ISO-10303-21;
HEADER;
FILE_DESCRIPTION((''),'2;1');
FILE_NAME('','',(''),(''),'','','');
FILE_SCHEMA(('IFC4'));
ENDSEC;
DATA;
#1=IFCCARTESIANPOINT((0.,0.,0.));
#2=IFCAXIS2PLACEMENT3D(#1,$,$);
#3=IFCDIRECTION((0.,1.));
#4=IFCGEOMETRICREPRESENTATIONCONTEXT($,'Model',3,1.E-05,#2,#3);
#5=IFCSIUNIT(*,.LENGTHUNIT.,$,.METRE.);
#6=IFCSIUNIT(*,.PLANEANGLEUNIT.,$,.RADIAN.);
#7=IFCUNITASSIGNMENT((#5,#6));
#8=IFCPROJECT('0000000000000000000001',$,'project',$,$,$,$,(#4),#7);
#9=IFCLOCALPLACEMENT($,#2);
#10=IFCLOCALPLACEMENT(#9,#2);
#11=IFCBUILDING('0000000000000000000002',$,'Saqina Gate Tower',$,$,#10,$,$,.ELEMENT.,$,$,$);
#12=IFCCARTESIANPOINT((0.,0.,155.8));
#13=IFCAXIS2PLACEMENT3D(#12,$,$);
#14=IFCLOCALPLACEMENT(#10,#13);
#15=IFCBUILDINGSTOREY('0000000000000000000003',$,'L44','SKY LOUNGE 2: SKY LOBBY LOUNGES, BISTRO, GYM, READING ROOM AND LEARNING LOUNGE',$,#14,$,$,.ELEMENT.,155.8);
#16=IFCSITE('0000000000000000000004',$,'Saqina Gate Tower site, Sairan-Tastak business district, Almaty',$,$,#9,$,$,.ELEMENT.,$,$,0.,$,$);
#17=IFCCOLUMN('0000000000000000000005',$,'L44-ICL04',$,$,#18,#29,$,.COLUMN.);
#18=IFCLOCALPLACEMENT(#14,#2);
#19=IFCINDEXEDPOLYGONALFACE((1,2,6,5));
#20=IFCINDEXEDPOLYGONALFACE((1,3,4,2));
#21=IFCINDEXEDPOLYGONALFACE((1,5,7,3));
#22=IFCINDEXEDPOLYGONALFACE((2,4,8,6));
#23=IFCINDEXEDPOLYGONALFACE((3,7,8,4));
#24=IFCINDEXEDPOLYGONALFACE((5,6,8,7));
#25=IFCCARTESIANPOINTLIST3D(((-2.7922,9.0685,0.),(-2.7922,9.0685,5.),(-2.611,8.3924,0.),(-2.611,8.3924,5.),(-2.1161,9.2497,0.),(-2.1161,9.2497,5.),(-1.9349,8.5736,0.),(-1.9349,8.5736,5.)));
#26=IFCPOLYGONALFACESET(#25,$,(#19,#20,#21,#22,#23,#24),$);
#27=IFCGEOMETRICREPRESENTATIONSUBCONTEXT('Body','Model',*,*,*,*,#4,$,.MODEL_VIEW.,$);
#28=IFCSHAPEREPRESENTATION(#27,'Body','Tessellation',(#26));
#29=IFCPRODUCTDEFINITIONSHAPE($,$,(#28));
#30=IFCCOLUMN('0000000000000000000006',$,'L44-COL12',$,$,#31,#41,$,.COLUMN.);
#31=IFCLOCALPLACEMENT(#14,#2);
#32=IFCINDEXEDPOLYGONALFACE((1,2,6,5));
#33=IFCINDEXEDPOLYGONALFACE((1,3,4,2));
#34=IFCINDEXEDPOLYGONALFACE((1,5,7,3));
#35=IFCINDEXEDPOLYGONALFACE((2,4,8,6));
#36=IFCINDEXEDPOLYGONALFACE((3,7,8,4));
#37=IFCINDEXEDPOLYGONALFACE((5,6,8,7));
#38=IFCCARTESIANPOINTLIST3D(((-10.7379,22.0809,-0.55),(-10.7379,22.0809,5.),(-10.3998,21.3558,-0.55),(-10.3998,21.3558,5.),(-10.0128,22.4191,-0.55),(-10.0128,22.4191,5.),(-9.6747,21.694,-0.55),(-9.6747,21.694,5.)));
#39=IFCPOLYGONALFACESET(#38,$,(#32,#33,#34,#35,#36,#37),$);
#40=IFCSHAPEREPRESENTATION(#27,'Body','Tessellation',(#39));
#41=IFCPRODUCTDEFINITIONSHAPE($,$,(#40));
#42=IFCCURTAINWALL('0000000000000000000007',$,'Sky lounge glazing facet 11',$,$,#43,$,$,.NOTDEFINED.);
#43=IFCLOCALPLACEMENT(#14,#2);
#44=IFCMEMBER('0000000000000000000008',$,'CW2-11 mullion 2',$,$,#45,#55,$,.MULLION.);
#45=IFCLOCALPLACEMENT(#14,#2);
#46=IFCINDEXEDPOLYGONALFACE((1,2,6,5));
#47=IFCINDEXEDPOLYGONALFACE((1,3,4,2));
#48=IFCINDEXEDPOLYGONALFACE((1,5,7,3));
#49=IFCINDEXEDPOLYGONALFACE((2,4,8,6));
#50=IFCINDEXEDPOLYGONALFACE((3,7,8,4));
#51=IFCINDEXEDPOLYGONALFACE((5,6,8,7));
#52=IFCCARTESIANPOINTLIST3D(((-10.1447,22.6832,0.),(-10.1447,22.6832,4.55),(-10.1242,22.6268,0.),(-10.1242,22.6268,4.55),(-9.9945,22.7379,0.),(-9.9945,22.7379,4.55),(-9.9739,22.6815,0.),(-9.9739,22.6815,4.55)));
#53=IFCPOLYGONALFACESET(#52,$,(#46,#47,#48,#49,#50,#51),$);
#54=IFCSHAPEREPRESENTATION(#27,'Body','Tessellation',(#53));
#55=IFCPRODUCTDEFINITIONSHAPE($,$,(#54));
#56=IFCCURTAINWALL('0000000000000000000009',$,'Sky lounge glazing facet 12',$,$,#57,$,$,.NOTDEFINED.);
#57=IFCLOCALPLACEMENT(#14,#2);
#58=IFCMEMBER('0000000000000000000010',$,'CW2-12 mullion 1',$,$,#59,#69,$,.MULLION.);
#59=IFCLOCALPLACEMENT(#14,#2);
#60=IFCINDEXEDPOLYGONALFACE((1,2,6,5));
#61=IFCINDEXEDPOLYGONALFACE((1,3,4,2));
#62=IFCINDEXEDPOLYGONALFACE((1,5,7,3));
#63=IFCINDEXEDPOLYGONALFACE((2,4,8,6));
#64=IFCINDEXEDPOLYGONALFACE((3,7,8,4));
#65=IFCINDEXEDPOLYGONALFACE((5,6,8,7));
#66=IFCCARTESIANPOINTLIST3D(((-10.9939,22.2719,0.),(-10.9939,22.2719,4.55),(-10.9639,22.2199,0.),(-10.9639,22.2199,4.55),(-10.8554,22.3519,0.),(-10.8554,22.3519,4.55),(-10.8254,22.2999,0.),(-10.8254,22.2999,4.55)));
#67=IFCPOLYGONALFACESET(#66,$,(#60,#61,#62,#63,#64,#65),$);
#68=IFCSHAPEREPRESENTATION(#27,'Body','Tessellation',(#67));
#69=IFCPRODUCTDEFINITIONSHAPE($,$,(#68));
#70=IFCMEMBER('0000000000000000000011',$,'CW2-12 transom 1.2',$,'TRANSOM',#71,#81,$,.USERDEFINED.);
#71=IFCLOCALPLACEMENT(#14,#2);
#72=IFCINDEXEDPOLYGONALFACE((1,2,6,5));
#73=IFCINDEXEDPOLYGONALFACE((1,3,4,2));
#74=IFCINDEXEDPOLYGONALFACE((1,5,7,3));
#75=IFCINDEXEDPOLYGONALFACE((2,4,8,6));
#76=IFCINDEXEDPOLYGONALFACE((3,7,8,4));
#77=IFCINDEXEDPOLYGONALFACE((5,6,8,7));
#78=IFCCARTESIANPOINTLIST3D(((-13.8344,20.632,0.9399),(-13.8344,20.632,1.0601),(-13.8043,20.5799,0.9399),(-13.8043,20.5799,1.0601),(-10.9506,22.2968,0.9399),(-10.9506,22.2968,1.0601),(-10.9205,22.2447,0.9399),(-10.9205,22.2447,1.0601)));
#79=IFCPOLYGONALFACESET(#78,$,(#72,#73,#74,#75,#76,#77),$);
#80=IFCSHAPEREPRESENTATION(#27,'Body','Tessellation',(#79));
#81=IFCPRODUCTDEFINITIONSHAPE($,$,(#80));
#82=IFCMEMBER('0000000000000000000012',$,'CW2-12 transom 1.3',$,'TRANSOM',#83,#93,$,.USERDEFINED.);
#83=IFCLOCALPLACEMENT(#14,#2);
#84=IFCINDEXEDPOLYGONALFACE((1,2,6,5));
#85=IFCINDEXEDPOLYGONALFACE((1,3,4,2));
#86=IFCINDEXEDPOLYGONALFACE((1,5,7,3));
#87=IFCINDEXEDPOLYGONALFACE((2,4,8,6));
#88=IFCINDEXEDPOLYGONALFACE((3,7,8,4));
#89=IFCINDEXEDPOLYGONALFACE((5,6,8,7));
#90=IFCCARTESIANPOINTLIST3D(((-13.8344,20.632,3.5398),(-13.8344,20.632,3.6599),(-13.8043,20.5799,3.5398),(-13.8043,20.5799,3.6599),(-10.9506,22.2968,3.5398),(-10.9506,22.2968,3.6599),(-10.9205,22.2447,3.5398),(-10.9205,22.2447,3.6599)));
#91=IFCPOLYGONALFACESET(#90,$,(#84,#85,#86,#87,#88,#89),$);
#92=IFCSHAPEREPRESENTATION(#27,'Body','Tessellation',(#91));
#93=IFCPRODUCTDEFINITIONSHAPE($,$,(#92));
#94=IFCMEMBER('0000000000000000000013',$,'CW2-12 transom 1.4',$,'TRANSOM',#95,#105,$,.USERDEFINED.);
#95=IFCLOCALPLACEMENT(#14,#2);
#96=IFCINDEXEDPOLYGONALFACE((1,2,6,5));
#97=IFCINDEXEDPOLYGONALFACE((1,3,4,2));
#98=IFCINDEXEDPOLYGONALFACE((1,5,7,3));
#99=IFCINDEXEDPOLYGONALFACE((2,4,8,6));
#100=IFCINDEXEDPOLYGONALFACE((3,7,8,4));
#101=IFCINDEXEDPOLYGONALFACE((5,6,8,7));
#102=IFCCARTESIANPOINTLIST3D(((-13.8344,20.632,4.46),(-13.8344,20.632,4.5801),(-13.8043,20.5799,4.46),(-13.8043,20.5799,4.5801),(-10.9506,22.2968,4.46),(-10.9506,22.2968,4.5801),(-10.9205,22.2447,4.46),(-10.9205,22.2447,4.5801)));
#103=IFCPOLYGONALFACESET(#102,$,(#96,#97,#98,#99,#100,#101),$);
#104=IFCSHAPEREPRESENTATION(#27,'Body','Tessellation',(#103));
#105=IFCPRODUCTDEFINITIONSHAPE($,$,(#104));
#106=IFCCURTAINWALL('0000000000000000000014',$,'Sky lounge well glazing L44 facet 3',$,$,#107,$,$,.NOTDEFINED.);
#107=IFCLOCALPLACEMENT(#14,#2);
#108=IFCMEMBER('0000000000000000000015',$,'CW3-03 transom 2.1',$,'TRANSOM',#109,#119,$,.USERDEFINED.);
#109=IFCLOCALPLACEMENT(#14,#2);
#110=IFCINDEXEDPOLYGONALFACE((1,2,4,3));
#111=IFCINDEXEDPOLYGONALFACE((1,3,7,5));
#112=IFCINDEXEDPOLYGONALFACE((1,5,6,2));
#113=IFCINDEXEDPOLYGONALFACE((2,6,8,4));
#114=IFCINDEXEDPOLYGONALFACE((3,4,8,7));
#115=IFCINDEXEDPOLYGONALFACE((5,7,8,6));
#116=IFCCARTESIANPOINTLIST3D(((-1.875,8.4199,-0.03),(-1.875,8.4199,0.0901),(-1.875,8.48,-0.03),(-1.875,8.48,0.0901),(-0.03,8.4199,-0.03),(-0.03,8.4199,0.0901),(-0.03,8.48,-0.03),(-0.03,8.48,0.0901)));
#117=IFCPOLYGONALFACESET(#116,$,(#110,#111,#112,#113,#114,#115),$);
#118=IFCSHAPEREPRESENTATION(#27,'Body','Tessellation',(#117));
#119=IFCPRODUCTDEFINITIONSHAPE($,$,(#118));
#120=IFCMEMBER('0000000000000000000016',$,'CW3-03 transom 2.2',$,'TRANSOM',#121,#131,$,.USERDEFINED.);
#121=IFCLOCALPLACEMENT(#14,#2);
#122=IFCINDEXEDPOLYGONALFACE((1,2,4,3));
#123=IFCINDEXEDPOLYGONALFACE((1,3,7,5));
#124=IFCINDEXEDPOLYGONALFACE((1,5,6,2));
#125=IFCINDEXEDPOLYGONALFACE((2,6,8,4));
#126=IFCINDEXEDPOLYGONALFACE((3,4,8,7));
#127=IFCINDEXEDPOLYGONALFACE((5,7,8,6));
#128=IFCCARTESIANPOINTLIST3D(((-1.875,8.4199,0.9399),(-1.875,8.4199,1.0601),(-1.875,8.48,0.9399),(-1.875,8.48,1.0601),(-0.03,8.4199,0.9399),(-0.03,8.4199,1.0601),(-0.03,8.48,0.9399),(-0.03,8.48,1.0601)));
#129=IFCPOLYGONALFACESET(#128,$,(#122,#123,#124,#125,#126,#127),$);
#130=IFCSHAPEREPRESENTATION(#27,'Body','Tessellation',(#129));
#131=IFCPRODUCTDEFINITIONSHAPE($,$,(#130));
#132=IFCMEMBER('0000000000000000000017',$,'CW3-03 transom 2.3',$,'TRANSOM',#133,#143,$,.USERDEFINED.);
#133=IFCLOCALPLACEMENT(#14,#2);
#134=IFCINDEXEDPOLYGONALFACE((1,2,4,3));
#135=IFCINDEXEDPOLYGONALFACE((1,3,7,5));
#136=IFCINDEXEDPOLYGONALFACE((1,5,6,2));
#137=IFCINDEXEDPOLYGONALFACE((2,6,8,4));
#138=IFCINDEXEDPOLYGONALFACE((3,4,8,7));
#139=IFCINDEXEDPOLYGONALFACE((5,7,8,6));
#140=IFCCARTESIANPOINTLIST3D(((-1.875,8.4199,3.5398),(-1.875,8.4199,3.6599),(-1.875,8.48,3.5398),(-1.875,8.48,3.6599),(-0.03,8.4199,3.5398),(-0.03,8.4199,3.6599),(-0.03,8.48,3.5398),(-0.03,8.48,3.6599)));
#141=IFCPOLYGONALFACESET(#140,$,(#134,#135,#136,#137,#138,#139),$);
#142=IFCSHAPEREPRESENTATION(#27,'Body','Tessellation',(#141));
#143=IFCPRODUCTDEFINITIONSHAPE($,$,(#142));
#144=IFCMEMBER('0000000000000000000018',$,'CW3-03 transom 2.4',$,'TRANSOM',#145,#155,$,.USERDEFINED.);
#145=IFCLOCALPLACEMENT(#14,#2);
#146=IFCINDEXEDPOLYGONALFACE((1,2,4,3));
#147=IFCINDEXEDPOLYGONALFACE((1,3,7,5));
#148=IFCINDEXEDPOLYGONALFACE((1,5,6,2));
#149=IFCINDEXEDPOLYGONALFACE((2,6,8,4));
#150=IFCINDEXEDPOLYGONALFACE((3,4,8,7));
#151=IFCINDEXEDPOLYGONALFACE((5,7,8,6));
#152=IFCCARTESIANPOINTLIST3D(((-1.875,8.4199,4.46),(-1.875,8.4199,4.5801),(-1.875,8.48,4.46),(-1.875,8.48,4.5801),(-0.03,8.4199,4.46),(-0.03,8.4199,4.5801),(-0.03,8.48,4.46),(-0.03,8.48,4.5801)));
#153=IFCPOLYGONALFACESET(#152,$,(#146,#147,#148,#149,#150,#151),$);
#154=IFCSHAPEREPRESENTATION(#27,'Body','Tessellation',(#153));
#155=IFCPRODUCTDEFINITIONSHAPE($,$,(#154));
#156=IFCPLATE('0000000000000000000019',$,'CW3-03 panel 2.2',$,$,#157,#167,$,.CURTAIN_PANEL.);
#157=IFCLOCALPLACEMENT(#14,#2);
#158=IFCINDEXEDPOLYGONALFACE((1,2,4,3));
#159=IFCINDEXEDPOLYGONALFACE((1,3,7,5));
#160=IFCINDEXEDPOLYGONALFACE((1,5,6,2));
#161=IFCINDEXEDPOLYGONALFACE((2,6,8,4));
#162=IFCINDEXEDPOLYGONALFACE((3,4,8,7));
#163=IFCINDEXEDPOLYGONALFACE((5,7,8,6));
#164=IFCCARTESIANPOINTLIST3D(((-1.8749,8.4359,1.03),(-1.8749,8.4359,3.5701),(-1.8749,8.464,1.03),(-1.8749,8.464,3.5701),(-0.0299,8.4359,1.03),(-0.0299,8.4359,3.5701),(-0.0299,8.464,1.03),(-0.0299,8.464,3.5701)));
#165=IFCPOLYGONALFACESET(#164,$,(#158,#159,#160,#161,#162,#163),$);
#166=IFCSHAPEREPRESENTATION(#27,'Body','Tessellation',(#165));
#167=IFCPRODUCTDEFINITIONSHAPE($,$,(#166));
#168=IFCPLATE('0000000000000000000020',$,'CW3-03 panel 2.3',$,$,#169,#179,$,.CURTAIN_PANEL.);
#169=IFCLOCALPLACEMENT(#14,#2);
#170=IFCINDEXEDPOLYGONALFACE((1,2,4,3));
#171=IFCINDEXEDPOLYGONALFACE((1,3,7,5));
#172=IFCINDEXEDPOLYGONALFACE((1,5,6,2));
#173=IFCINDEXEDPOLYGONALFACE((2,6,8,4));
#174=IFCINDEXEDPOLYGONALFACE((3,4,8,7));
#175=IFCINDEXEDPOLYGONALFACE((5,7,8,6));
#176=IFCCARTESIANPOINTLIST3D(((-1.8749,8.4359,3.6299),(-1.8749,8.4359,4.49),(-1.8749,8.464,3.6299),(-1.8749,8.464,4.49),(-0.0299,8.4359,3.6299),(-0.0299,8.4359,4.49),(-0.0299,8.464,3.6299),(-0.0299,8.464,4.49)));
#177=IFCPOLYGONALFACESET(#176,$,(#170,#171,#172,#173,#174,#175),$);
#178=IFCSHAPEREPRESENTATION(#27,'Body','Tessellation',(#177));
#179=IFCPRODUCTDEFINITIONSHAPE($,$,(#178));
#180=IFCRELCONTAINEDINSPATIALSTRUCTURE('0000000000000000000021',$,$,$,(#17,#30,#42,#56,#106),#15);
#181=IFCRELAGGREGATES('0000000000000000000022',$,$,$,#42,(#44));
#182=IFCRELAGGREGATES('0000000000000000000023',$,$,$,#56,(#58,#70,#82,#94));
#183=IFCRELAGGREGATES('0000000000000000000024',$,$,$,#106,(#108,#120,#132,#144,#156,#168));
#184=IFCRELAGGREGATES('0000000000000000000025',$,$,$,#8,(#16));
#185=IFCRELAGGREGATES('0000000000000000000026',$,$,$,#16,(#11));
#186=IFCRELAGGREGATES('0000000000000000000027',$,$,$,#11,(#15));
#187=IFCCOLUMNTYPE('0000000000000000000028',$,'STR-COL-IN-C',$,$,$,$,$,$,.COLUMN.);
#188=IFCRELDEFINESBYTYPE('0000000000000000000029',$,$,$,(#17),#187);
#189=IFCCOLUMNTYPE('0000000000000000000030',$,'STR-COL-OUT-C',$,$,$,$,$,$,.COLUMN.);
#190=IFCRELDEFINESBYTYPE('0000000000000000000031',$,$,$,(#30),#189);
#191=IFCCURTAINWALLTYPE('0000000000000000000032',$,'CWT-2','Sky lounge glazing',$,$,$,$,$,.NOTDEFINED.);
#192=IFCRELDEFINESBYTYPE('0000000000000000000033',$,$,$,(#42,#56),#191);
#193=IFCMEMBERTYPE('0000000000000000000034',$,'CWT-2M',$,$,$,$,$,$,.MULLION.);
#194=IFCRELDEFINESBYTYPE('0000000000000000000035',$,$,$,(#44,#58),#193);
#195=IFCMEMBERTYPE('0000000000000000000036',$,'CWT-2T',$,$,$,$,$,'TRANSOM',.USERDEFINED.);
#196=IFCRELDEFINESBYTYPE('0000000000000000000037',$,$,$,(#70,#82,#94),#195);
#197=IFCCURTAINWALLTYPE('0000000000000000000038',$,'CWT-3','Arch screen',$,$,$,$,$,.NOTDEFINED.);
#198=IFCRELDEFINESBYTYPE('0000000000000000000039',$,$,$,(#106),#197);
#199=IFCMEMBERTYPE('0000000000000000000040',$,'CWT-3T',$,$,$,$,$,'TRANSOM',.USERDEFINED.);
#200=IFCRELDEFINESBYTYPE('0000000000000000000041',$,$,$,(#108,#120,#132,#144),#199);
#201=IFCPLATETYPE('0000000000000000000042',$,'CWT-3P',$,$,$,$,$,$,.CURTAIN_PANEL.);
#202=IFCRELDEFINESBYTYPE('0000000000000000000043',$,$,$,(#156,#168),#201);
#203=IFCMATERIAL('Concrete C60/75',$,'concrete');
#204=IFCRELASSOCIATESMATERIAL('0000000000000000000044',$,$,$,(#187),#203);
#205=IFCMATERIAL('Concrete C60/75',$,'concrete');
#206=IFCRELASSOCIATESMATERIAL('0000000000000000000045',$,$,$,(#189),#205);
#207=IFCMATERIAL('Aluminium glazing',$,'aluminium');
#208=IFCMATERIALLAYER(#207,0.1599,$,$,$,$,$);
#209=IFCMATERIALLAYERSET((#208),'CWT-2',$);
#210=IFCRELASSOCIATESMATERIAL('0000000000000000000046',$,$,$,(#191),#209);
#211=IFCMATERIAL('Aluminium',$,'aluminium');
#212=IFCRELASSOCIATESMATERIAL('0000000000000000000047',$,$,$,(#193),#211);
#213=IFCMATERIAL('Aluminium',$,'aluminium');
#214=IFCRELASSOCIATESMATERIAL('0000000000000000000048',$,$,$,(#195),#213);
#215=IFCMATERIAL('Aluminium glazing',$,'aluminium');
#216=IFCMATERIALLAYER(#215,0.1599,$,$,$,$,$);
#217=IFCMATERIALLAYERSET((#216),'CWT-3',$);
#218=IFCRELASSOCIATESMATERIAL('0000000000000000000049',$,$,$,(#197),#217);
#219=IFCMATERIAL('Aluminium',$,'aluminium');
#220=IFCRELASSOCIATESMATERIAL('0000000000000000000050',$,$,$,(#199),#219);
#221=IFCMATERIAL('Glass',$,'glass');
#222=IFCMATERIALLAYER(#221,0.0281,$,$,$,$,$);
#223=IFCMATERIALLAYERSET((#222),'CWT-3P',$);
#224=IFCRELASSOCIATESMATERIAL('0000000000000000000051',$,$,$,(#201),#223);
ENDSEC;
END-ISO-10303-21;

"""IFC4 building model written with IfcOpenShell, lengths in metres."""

from ifc_helpers import new_model, si_unit, direction, frame, origin, origin_2d, place, context, subcontext, project, spatial, rectangle, extrude, material, layer, layer_set, material_profile, profile_set, type_object, element, aggregate, save


model = new_model("IFC4")

# Units and contexts
model_context = context("Model", 3, precision=1e-05, world=origin(), true_north=direction((0.0, 1.0)))
body_context = subcontext(model_context, "Body", "Model", "MODEL_VIEW")
ifc_project = project(units=[si_unit("LENGTHUNIT", "METRE"), si_unit("PLANEANGLEUNIT", "RADIAN")], contexts=[model_context])

# Site, building, storey
site_placement = place(None, origin())
site = spatial("IfcSite", under=ifc_project, at=site_placement, Name="Saqina Gate Tower site, Sairan-Tastak business district, Almaty", CompositionType="ELEMENT", RefElevation=0.0)
building_placement = place(site_placement, origin())
building = spatial("IfcBuilding", under=site, at=building_placement, Name="Saqina Gate Tower", CompositionType="ELEMENT")
storey_placement = place(building_placement, frame((0.0, 0.0, 155.8)))
storey = spatial("IfcBuildingStorey", under=building, at=storey_placement, Name="L44", Description="SKY LOUNGE 2: SKY LOBBY LOUNGES, BISTRO, GYM, READING ROOM AND LEARNING LOUNGE", CompositionType="ELEMENT", Elevation=155.8)

# Columns
ifc_material_1 = material(Name="Concrete C60/75", Category="concrete")
ifc_material_profile_1 = material_profile(ifc_material_1, rectangle(XDim=0.7, YDim=0.7, at=origin_2d()), Name="RC 700x700")
ifc_profile_set_1 = profile_set([ifc_material_profile_1], Name="Concrete C60/75")
column_type_1 = type_object("IfcColumnType", Name="STR-COL-IN-C", PredefinedType="COLUMN", material=ifc_profile_set_1)
column_1_placement = place(storey_placement, frame((-2.3635, 8.821, 0.0), z_axis=(0.0, 0.0, 1.0), x_axis=(-0.258819, 0.965926, 0.0)))
element("IfcColumn", 1, at=column_1_placement, inside=storey, type_object=column_type_1, Name="L44-ICL04", PredefinedType="COLUMN", context=body_context, shape_type="SweptSolid", body=[
    extrude(rectangle(XDim=0.7, YDim=0.7, at=origin_2d()), origin(), (0.0, 0.0, 1.0), 5.0),
])
ifc_material_2 = material(Name="Concrete C60/75", Category="concrete")
ifc_material_profile_2 = material_profile(ifc_material_2, rectangle(XDim=0.8, YDim=0.8, at=origin_2d()), Name="RC 800x800")
ifc_profile_set_2 = profile_set([ifc_material_profile_2], Name="Concrete C60/75")
column_type_2 = type_object("IfcColumnType", Name="STR-COL-OUT-C", PredefinedType="COLUMN", material=ifc_profile_set_2)
column_2_placement = place(storey_placement, frame((-10.2063, 21.8875, -0.55), z_axis=(0.0, 0.0, 1.0), x_axis=(-0.422618, 0.906308, 0.0)))
element("IfcColumn", 2, at=column_2_placement, inside=storey, type_object=column_type_2, Name="L44-COL12", PredefinedType="COLUMN", context=body_context, shape_type="SweptSolid", body=[
    extrude(rectangle(XDim=0.8, YDim=0.8, at=origin_2d()), origin(), (0.0, 0.0, 1.0), 5.55),
])

# Curtain wall, member
ifc_material_3 = material(Name="Aluminium glazing", Category="aluminium")
ifc_layer_1 = layer(ifc_material_3, 0.1599)
ifc_layer_set_1 = layer_set([ifc_layer_1], Name="CWT-2")
curtain_wall_type_1 = type_object("IfcCurtainWallType", Name="CWT-2", Description="Sky lounge glazing", PredefinedType="NOTDEFINED", material=ifc_layer_set_1)
curtain_wall_1_placement = place(storey_placement, origin())
curtain_wall_1 = element("IfcCurtainWall", 3, at=curtain_wall_1_placement, inside=storey, type_object=curtain_wall_type_1, Name="Sky lounge glazing facet 11", PredefinedType="NOTDEFINED")
ifc_material_4 = material(Name="Aluminium", Category="aluminium")
ifc_material_profile_3 = material_profile(ifc_material_4, rectangle(XDim=0.0601, YDim=0.1599, at=origin_2d()), Name="Aluminium 60x160")
ifc_profile_set_3 = profile_set([ifc_material_profile_3], Name="Aluminium")
member_type_1 = type_object("IfcMemberType", Name="CWT-2M", PredefinedType="MULLION", material=ifc_profile_set_3)
member_1_placement = place(storey_placement, frame((-10.0593, 22.6824, 0.0), z_axis=(0.0, 0.0, 1.0), x_axis=(0.342025, -0.939691, 0.0)))
member_1 = element("IfcMember", 4, at=member_1_placement, type_object=member_type_1, Name="CW2-11 mullion 2", PredefinedType="MULLION", context=body_context, shape_type="SweptSolid", body=[
    extrude(rectangle(XDim=0.0601, YDim=0.1599, at=origin_2d()), origin(), (0.0, 0.0, 1.0), 4.55),
])
aggregate(curtain_wall_1, [member_1])

# Curtain wall, members
curtain_wall_2_placement = place(storey_placement, origin())
curtain_wall_2 = element("IfcCurtainWall", 5, at=curtain_wall_2_placement, inside=storey, type_object=curtain_wall_type_1, Name="Sky lounge glazing facet 12", PredefinedType="NOTDEFINED")
member_2_placement = place(storey_placement, frame((-10.9097, 22.2859, 0.0), z_axis=(0.0, 0.0, 1.0), x_axis=(0.500014, -0.866017, 0.0)))
member_2 = element("IfcMember", 6, at=member_2_placement, type_object=member_type_1, Name="CW2-12 mullion 1", PredefinedType="MULLION", context=body_context, shape_type="SweptSolid", body=[
    extrude(rectangle(XDim=0.0601, YDim=0.1599, at=origin_2d()), origin(), (0.0, 0.0, 1.0), 4.55),
])
ifc_material_5 = material(Name="Aluminium", Category="aluminium")
ifc_material_profile_4 = material_profile(ifc_material_5, rectangle(XDim=0.0601, YDim=0.1201, at=origin_2d()), Name="Aluminium 60x120")
ifc_profile_set_4 = profile_set([ifc_material_profile_4], Name="Aluminium")
member_type_2 = type_object("IfcMemberType", Name="CWT-2T", ElementType="TRANSOM", PredefinedType="USERDEFINED", material=ifc_profile_set_4)
member_3_placement = place(storey_placement, frame((-10.9355, 22.2708, 1.0), z_axis=(-0.866046, -0.499964, 0.0), x_axis=(0.499964, -0.866046, 0.0)))
member_3 = element("IfcMember", 7, at=member_3_placement, type_object=member_type_2, Name="CW2-12 transom 1.2", ObjectType="TRANSOM", PredefinedType="USERDEFINED", context=body_context, shape_type="SweptSolid", body=[
    extrude(rectangle(XDim=0.0601, YDim=0.1201, at=origin_2d()), origin(), (0.0, 0.0, 1.0), 3.3298),
])
member_4_placement = place(storey_placement, frame((-10.9355, 22.2708, 3.5999), z_axis=(-0.866046, -0.499964, 0.0), x_axis=(0.499964, -0.866046, 0.0)))
member_4 = element("IfcMember", 8, at=member_4_placement, type_object=member_type_2, Name="CW2-12 transom 1.3", ObjectType="TRANSOM", PredefinedType="USERDEFINED", context=body_context, shape_type="SweptSolid", body=[
    extrude(rectangle(XDim=0.0601, YDim=0.1201, at=origin_2d()), origin(), (0.0, 0.0, 1.0), 3.3298),
])
member_5_placement = place(storey_placement, frame((-10.9355, 22.2708, 4.52), z_axis=(-0.866046, -0.499964, 0.0), x_axis=(0.499964, -0.866046, 0.0)))
member_5 = element("IfcMember", 9, at=member_5_placement, type_object=member_type_2, Name="CW2-12 transom 1.4", ObjectType="TRANSOM", PredefinedType="USERDEFINED", context=body_context, shape_type="SweptSolid", body=[
    extrude(rectangle(XDim=0.0601, YDim=0.1201, at=origin_2d()), origin(), (0.0, 0.0, 1.0), 3.3298),
])
aggregate(curtain_wall_2, [member_2, member_3, member_4, member_5])

# Curtain wall, members, plates
ifc_material_6 = material(Name="Aluminium glazing", Category="aluminium")
ifc_layer_2 = layer(ifc_material_6, 0.1599)
ifc_layer_set_2 = layer_set([ifc_layer_2], Name="CWT-3")
curtain_wall_type_2 = type_object("IfcCurtainWallType", Name="CWT-3", Description="Arch screen", PredefinedType="NOTDEFINED", material=ifc_layer_set_2)
curtain_wall_3_placement = place(storey_placement, origin())
curtain_wall_3 = element("IfcCurtainWall", 10, at=curtain_wall_3_placement, inside=storey, type_object=curtain_wall_type_2, Name="Sky lounge well glazing L44 facet 3", PredefinedType="NOTDEFINED")
ifc_material_7 = material(Name="Aluminium", Category="aluminium")
ifc_material_profile_5 = material_profile(ifc_material_7, rectangle(XDim=0.0601, YDim=0.1201, at=origin_2d()), Name="Aluminium 60x120")
ifc_profile_set_5 = profile_set([ifc_material_profile_5], Name="Aluminium")
member_type_3 = type_object("IfcMemberType", Name="CWT-3T", ElementType="TRANSOM", PredefinedType="USERDEFINED", material=ifc_profile_set_5)
member_6_placement = place(storey_placement, frame((-0.03, 8.45, 0.03), z_axis=(-1.0, 0.0, 0.0), x_axis=(0.0, -1.0, 0.0)))
member_6 = element("IfcMember", 11, at=member_6_placement, type_object=member_type_3, Name="CW3-03 transom 2.1", ObjectType="TRANSOM", PredefinedType="USERDEFINED", context=body_context, shape_type="SweptSolid", body=[
    extrude(rectangle(XDim=0.0601, YDim=0.1201, at=origin_2d()), origin(), (0.0, 0.0, 1.0), 1.845),
])
member_7_placement = place(storey_placement, frame((-0.03, 8.45, 1.0), z_axis=(-1.0, 0.0, 0.0), x_axis=(0.0, -1.0, 0.0)))
member_7 = element("IfcMember", 12, at=member_7_placement, type_object=member_type_3, Name="CW3-03 transom 2.2", ObjectType="TRANSOM", PredefinedType="USERDEFINED", context=body_context, shape_type="SweptSolid", body=[
    extrude(rectangle(XDim=0.0601, YDim=0.1201, at=origin_2d()), origin(), (0.0, 0.0, 1.0), 1.845),
])
member_8_placement = place(storey_placement, frame((-0.03, 8.45, 3.5999), z_axis=(-1.0, 0.0, 0.0), x_axis=(0.0, -1.0, 0.0)))
member_8 = element("IfcMember", 13, at=member_8_placement, type_object=member_type_3, Name="CW3-03 transom 2.3", ObjectType="TRANSOM", PredefinedType="USERDEFINED", context=body_context, shape_type="SweptSolid", body=[
    extrude(rectangle(XDim=0.0601, YDim=0.1201, at=origin_2d()), origin(), (0.0, 0.0, 1.0), 1.845),
])
member_9_placement = place(storey_placement, frame((-0.03, 8.45, 4.52), z_axis=(-1.0, 0.0, 0.0), x_axis=(0.0, -1.0, 0.0)))
member_9 = element("IfcMember", 14, at=member_9_placement, type_object=member_type_3, Name="CW3-03 transom 2.4", ObjectType="TRANSOM", PredefinedType="USERDEFINED", context=body_context, shape_type="SweptSolid", body=[
    extrude(rectangle(XDim=0.0601, YDim=0.1201, at=origin_2d()), origin(), (0.0, 0.0, 1.0), 1.845),
])
ifc_material_8 = material(Name="Glass", Category="glass")
ifc_layer_3 = layer(ifc_material_8, 0.0281)
ifc_layer_set_3 = layer_set([ifc_layer_3], Name="CWT-3P")
plate_type = type_object("IfcPlateType", Name="CWT-3P", PredefinedType="CURTAIN_PANEL", material=ifc_layer_set_3)
plate_1_placement = place(storey_placement, frame((-0.9524, 8.45, 1.03), z_axis=(0.0, 0.0, 1.0), x_axis=(-1.0, 0.0, 0.0)))
plate_1 = element("IfcPlate", 15, at=plate_1_placement, type_object=plate_type, Name="CW3-03 panel 2.2", PredefinedType="CURTAIN_PANEL", context=body_context, shape_type="SweptSolid", body=[
    extrude(rectangle(XDim=1.845, YDim=0.0281, at=origin_2d()), origin(), (0.0, 0.0, 1.0), 2.54),
])
plate_2_placement = place(storey_placement, frame((-0.9524, 8.45, 3.6299), z_axis=(0.0, 0.0, 1.0), x_axis=(-1.0, 0.0, 0.0)))
plate_2 = element("IfcPlate", 16, at=plate_2_placement, type_object=plate_type, Name="CW3-03 panel 2.3", PredefinedType="CURTAIN_PANEL", context=body_context, shape_type="SweptSolid", body=[
    extrude(rectangle(XDim=1.845, YDim=0.0281, at=origin_2d()), origin(), (0.0, 0.0, 1.0), 0.8601),
])
aggregate(curtain_wall_3, [member_6, member_7, member_8, member_9, plate_1, plate_2])

save(model, "model.ifc")
